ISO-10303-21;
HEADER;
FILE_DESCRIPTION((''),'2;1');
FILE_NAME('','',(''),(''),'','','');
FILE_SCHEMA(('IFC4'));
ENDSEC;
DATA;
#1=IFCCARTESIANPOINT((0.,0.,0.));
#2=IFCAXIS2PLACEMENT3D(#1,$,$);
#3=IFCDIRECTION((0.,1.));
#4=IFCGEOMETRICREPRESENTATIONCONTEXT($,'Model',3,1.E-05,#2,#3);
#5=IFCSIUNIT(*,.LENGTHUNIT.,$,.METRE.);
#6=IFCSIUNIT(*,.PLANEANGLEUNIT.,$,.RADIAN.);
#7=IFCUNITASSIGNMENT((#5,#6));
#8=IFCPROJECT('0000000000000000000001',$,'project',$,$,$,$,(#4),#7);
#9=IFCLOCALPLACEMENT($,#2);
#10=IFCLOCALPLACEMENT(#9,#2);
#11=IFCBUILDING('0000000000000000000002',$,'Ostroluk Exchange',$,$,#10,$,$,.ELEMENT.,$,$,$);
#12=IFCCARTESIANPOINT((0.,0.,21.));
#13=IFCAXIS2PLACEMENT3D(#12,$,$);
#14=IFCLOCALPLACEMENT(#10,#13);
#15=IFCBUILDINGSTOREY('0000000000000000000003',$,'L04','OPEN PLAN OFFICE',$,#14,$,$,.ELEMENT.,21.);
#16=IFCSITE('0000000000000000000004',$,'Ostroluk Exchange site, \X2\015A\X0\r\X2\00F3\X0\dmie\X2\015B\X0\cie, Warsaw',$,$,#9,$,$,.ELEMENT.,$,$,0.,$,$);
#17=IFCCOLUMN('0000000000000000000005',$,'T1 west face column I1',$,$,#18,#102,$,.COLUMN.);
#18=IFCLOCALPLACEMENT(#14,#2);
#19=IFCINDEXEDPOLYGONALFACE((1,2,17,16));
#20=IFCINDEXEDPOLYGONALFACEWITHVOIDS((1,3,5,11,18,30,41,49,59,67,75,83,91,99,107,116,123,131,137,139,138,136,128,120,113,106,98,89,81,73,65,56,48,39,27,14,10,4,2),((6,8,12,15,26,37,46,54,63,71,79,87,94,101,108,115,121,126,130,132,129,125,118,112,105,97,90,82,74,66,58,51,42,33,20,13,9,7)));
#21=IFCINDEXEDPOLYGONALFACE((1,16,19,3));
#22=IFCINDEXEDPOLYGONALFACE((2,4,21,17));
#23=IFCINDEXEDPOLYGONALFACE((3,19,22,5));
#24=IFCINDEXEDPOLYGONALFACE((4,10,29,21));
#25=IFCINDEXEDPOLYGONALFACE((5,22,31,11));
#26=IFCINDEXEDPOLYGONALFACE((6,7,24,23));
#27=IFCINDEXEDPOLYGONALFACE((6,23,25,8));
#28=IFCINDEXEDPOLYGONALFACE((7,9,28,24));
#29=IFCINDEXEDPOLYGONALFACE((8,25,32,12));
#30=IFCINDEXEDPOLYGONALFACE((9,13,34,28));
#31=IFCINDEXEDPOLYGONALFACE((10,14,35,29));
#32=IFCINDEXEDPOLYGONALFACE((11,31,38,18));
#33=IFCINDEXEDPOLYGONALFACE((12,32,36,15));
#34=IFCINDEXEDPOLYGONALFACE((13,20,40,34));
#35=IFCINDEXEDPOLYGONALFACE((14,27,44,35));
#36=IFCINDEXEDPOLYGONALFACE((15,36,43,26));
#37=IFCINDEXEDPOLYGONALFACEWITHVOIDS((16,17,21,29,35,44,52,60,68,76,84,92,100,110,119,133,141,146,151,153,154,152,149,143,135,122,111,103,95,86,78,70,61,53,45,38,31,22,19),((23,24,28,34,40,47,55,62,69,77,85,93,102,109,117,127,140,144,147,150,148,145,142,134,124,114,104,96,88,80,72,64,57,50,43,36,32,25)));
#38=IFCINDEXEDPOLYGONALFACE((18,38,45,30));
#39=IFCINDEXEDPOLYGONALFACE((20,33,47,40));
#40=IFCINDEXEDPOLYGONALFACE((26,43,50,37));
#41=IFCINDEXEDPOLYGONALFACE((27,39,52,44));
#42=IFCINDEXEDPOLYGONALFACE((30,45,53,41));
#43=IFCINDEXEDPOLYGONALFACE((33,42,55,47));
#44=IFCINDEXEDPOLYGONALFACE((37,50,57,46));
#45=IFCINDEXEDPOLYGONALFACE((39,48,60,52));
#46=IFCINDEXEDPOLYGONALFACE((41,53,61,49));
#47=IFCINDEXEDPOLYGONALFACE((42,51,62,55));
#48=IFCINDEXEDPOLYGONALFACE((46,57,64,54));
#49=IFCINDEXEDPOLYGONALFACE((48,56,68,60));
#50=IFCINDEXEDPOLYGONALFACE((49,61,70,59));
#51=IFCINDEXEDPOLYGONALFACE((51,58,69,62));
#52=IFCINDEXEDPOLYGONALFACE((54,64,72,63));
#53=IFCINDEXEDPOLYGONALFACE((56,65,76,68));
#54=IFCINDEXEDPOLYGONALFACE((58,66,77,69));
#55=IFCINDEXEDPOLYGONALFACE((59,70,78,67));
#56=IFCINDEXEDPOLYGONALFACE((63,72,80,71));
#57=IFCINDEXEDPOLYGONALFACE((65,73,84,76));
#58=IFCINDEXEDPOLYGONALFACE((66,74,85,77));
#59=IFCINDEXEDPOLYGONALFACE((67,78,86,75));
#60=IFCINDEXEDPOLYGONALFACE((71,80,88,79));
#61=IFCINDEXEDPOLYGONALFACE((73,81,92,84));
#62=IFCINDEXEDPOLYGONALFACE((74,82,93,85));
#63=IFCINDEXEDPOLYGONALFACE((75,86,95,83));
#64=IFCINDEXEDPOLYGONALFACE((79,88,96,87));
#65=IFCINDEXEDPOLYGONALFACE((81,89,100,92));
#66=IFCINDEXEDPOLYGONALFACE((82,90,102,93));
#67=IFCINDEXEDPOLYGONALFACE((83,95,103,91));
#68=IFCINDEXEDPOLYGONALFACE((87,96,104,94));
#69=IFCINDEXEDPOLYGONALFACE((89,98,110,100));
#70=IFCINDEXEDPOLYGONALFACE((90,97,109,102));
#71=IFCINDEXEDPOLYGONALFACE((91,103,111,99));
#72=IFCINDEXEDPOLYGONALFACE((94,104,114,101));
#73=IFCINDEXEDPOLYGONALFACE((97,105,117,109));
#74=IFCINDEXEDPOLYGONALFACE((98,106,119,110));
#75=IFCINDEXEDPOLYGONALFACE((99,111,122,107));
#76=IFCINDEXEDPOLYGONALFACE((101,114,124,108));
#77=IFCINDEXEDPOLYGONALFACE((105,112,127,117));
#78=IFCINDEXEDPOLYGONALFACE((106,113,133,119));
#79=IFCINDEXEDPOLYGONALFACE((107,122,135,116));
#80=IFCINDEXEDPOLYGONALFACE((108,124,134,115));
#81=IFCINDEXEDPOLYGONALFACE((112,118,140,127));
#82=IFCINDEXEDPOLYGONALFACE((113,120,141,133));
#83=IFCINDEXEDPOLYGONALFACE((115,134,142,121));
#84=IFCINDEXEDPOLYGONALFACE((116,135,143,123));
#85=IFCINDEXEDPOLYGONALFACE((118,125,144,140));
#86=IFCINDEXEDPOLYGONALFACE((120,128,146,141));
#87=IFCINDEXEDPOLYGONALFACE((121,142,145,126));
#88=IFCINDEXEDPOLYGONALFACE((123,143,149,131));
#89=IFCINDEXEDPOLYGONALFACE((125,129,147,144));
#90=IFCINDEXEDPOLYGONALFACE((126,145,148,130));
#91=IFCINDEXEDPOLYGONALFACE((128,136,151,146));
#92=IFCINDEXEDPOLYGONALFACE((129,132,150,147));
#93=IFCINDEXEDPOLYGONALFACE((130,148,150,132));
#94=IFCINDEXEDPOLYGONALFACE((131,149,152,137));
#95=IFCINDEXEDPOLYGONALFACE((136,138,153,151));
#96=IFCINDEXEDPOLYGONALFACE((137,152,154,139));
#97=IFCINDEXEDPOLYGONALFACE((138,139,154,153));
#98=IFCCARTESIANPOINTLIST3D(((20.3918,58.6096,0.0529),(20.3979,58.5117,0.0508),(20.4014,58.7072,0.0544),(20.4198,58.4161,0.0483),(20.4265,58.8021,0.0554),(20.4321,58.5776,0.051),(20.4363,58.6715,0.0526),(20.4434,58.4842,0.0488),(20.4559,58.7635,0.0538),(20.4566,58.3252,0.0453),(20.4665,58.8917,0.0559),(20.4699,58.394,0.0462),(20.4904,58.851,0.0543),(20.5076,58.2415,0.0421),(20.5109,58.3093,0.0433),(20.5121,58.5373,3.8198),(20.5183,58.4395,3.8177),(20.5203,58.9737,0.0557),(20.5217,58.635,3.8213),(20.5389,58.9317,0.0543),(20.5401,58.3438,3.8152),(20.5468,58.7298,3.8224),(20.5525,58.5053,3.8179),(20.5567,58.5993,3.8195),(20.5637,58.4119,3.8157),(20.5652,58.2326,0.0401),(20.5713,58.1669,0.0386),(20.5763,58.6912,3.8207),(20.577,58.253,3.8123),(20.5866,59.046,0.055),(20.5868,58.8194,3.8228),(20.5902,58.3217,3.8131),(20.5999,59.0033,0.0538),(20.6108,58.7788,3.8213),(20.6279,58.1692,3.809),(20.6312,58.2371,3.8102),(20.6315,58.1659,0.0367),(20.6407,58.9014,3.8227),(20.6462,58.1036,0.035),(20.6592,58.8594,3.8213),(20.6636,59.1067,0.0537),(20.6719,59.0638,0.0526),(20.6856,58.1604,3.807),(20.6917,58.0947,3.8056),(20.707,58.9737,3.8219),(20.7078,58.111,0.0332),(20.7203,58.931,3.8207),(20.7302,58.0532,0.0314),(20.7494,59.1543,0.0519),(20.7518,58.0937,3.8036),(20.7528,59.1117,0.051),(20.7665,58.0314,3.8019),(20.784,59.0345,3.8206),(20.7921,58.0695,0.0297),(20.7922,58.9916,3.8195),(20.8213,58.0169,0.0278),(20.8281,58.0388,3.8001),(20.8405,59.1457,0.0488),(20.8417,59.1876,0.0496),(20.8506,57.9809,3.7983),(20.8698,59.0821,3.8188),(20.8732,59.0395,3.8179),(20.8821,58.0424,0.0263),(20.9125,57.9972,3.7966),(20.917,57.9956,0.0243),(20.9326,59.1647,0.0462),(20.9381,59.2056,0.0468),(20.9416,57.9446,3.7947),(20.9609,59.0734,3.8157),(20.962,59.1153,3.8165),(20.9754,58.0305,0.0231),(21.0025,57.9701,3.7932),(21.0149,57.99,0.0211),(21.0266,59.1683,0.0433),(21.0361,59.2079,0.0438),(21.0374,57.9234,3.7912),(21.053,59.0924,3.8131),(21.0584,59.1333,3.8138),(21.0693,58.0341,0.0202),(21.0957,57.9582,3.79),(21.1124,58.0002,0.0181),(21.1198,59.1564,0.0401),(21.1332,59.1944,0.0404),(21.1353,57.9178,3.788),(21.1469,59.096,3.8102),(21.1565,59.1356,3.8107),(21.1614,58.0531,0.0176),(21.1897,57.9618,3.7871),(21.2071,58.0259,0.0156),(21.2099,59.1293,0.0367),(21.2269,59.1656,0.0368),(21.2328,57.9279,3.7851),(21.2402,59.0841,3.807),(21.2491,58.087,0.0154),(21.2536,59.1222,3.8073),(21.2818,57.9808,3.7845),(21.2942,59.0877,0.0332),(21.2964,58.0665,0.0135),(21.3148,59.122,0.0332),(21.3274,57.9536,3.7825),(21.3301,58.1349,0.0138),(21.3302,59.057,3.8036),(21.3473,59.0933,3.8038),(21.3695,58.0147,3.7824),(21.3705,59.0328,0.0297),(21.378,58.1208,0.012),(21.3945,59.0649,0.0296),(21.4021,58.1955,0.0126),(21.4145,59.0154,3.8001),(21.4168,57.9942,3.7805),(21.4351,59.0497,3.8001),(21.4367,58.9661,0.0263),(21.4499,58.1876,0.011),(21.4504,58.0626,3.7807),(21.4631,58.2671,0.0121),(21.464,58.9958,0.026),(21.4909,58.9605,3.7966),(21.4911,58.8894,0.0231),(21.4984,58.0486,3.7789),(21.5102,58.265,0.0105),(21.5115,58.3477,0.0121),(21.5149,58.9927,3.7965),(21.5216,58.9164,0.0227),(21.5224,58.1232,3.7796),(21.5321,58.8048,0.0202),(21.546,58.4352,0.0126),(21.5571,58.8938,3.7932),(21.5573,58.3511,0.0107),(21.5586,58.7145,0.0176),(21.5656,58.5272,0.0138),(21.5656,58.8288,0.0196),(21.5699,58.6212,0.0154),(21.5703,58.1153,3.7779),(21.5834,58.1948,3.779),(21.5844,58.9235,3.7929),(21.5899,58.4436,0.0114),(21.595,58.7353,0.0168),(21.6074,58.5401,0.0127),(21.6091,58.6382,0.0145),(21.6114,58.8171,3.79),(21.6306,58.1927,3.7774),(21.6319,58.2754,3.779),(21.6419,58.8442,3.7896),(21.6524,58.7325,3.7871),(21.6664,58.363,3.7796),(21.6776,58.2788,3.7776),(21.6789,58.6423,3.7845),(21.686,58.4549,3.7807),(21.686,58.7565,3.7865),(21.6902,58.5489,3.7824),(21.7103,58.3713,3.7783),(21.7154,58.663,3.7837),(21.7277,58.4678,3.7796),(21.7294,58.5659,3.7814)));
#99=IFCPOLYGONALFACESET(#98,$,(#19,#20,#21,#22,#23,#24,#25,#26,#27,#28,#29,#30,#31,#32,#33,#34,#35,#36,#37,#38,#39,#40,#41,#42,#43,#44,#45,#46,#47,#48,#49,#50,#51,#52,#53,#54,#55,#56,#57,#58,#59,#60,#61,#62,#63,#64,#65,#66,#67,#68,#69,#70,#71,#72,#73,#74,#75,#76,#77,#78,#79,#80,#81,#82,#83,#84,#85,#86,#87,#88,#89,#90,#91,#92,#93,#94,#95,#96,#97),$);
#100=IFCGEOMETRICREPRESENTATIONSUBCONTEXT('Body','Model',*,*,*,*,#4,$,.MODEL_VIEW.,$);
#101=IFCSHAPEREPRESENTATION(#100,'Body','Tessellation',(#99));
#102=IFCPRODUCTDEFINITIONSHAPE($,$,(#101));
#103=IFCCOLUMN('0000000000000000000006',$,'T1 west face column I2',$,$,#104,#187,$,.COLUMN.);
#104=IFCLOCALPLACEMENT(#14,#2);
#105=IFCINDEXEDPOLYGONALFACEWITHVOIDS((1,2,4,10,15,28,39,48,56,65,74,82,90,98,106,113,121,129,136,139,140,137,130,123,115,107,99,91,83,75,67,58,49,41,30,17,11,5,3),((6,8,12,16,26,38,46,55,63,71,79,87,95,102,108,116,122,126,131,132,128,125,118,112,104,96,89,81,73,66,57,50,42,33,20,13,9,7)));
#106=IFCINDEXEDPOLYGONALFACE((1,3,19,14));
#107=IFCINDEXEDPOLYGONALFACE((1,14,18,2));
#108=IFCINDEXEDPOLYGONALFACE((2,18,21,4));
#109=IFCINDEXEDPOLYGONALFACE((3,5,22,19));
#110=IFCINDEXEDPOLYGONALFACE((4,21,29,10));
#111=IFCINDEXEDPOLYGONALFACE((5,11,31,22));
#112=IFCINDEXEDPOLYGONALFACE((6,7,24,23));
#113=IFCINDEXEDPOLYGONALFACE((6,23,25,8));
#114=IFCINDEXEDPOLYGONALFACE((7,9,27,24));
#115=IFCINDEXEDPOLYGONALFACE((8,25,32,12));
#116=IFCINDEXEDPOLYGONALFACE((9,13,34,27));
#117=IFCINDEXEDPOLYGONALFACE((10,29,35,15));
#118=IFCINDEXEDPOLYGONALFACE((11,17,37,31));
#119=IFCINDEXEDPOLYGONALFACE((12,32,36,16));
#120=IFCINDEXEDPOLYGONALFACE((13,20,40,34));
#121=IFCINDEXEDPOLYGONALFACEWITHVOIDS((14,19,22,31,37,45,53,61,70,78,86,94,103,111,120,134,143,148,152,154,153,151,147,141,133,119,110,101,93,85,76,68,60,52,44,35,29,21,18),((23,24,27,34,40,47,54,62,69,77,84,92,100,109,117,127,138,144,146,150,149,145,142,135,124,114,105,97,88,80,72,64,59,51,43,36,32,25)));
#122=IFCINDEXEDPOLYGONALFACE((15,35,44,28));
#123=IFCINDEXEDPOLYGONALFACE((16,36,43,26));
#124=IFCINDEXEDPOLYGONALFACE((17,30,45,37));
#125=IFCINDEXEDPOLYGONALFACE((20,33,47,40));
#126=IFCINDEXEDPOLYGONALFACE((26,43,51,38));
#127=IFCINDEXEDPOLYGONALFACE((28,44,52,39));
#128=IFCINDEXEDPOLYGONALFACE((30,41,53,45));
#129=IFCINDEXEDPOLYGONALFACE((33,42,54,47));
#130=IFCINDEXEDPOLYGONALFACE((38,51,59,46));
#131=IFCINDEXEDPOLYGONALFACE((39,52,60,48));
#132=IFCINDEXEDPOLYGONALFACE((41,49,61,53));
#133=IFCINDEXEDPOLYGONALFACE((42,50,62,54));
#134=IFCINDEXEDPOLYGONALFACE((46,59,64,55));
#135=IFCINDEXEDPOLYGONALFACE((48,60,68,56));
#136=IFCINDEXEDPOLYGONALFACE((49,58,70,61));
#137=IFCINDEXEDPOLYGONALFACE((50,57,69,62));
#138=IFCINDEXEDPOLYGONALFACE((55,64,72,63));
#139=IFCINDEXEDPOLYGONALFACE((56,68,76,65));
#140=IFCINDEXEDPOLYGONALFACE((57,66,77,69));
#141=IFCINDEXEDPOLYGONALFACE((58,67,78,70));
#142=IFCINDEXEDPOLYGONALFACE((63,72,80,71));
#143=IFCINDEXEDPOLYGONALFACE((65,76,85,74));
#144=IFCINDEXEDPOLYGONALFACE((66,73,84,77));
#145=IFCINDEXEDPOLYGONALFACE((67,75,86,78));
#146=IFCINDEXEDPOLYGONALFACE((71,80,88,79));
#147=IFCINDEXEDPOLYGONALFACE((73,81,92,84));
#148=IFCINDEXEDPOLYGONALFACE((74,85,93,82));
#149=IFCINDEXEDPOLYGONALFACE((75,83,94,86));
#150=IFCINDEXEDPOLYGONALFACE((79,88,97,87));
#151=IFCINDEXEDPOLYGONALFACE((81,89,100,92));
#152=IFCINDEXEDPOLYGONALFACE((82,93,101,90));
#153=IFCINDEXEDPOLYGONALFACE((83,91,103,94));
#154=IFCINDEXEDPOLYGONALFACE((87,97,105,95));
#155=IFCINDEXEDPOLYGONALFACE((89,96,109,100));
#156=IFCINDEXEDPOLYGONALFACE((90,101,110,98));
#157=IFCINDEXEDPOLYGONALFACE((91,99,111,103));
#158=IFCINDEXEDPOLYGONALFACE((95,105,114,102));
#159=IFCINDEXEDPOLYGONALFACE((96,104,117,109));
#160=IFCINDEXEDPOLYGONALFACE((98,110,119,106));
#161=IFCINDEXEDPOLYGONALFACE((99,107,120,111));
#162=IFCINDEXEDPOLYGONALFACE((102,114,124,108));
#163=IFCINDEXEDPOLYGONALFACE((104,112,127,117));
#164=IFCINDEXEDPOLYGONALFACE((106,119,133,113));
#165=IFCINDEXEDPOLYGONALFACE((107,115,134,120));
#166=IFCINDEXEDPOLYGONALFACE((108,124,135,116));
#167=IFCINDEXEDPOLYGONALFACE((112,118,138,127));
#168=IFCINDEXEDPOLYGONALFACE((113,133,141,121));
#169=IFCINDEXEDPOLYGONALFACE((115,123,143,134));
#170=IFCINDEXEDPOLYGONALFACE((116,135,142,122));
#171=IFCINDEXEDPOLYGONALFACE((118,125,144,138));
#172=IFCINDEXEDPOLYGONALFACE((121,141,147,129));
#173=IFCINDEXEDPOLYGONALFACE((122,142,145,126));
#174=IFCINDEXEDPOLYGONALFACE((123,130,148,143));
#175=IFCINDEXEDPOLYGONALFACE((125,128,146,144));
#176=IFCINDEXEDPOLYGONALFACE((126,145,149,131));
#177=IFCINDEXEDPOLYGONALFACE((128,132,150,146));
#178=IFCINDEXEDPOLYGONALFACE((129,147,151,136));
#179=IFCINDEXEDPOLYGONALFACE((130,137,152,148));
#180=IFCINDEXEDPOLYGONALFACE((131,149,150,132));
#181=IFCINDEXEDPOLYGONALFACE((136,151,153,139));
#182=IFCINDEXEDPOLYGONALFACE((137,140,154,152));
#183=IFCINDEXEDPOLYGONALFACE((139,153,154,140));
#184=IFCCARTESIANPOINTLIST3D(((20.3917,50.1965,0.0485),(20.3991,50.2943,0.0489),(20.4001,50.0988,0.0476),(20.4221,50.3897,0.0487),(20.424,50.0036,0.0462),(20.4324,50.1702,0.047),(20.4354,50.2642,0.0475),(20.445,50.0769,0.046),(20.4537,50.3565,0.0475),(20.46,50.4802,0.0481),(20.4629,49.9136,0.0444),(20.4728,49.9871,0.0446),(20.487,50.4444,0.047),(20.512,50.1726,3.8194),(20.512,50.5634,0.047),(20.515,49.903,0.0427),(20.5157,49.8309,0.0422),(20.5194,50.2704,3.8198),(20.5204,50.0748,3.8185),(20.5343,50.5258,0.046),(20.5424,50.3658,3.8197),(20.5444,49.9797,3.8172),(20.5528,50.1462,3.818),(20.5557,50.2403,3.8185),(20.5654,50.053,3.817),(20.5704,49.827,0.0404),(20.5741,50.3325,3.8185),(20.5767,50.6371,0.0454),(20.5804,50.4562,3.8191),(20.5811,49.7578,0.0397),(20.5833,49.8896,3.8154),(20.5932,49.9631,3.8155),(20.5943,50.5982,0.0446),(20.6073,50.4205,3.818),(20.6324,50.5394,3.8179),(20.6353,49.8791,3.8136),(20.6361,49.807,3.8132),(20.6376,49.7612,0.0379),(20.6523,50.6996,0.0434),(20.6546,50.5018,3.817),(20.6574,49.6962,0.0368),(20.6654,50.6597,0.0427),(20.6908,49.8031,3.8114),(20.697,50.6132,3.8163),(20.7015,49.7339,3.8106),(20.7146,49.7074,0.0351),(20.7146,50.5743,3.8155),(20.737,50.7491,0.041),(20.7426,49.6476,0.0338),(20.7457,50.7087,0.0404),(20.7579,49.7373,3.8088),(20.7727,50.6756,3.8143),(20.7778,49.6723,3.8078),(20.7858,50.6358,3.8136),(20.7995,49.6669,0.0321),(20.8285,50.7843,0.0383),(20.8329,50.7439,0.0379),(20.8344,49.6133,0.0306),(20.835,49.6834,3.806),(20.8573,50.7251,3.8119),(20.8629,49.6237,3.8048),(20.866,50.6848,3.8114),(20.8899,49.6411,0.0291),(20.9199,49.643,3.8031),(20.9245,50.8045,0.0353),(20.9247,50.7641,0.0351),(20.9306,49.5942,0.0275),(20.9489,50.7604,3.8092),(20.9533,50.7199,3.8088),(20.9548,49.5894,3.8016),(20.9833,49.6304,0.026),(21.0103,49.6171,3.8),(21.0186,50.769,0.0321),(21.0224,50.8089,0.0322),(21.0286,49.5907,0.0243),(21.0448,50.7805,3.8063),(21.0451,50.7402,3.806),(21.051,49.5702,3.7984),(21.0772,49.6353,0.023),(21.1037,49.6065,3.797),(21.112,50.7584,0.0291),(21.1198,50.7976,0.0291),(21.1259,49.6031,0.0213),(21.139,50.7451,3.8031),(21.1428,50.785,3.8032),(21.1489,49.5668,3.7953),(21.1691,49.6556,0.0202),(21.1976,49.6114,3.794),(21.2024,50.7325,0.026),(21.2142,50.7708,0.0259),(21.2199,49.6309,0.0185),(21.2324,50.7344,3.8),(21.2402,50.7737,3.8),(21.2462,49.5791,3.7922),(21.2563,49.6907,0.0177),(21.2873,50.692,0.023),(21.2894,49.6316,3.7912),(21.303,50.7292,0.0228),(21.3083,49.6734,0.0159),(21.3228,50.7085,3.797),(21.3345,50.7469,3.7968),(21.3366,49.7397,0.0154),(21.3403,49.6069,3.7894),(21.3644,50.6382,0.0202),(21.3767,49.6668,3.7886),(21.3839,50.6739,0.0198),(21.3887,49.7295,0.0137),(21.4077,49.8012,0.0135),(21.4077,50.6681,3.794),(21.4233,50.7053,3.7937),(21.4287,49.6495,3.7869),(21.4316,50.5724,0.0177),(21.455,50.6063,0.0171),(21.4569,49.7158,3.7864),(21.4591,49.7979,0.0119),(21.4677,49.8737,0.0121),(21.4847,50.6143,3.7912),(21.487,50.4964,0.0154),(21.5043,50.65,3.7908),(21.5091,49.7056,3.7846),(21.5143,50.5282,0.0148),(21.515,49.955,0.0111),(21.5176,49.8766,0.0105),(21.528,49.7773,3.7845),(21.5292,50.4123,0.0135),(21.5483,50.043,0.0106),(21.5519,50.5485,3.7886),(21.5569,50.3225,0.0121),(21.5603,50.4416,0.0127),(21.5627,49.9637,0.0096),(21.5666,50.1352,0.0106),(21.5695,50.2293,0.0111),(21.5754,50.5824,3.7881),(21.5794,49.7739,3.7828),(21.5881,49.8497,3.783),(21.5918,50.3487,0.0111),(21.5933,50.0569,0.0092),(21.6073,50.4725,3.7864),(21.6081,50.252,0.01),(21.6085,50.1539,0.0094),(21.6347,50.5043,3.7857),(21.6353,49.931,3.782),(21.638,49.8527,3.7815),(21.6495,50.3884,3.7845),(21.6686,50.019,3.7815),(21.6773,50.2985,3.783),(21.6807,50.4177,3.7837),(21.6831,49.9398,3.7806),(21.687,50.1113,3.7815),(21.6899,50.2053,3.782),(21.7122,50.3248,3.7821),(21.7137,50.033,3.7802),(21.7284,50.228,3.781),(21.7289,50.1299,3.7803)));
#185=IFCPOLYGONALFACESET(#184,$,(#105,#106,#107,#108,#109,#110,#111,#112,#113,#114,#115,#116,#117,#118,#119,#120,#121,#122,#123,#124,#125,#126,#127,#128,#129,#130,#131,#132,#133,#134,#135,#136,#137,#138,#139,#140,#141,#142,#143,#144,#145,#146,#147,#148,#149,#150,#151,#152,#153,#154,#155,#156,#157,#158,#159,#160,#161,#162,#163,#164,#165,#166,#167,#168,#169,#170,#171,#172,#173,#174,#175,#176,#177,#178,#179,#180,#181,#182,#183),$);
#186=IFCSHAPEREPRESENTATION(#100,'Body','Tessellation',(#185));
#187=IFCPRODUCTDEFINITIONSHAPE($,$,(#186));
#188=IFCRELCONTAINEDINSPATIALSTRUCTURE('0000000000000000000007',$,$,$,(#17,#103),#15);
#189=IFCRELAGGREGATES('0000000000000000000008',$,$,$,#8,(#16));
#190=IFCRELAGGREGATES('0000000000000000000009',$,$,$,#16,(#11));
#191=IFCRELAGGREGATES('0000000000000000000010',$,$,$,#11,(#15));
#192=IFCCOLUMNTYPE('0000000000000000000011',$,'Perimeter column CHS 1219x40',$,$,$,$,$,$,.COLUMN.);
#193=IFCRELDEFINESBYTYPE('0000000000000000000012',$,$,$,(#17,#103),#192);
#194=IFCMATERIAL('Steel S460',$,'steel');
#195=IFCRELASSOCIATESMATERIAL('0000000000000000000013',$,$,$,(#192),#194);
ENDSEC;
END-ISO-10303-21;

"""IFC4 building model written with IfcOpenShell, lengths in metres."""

from ifc_helpers import new_model, si_unit, direction, frame, origin, origin_2d, place, context, subcontext, project, spatial, hollow_circle, extrude, material, material_profile, profile_set, type_object, element, save


model = new_model("IFC4")

# Units and contexts
model_context = context("Model", 3, precision=1e-05, world=origin(), true_north=direction((0.0, 1.0)))
body_context = subcontext(model_context, "Body", "Model", "MODEL_VIEW")
ifc_project = project(units=[si_unit("LENGTHUNIT", "METRE"), si_unit("PLANEANGLEUNIT", "RADIAN")], contexts=[model_context])

# Site, building, storey
site_placement = place(None, origin())
site = spatial("IfcSite", under=ifc_project, at=site_placement, Name="Ostroluk Exchange site, Śródmieście, Warsaw", CompositionType="ELEMENT", RefElevation=0.0)
building_placement = place(site_placement, origin())
building = spatial("IfcBuilding", under=site, at=building_placement, Name="Ostroluk Exchange", CompositionType="ELEMENT")
storey_placement = place(building_placement, frame((0.0, 0.0, 21.0)))
storey = spatial("IfcBuildingStorey", under=building, at=storey_placement, Name="L04", Description="OPEN PLAN OFFICE", CompositionType="ELEMENT", Elevation=21.0)

# Columns
ifc_material_1 = material(Name="Steel S460", Category="steel")
ifc_material_profile_1 = material_profile(ifc_material_1, hollow_circle(Radius=0.6096, WallThickness=0.04, at=origin_2d()), Name="CHS 1219x40")
ifc_profile_set_1 = profile_set([ifc_material_profile_1], Name="Steel S460")
column_type = type_object("IfcColumnType", Name="Perimeter column CHS 1219x40", PredefinedType="COLUMN", material=ifc_profile_set_1)
column_1_placement = place(storey_placement, frame((21.001, 58.5994, 0.0332), z_axis=(0.031931, -0.019171, 0.999306), x_axis=(0.514751, 0.857339, 0.0)))
element("IfcColumn", 1, at=column_1_placement, inside=storey, type_object=column_type, Name="T1 west face column I1", PredefinedType="COLUMN", context=body_context, shape_type="SweptSolid", body=[
    extrude(hollow_circle(Radius=0.6096, WallThickness=0.04, at=origin_2d()), origin(), (0.0, 0.0, 1.0), 3.7695),
])
column_2_placement = place(storey_placement, frame((21.001, 50.1997, 0.0291), z_axis=(0.031901, -0.006341, 0.999471), x_axis=(0.194968, 0.98081, 0.0)))
element("IfcColumn", 2, at=column_2_placement, inside=storey, type_object=column_type, Name="T1 west face column I2", PredefinedType="COLUMN", context=body_context, shape_type="SweptSolid", body=[
    extrude(hollow_circle(Radius=0.6096, WallThickness=0.04, at=origin_2d()), origin(), (0.0, 0.0, 1.0), 3.7729),
])

save(model, "model.ifc")
